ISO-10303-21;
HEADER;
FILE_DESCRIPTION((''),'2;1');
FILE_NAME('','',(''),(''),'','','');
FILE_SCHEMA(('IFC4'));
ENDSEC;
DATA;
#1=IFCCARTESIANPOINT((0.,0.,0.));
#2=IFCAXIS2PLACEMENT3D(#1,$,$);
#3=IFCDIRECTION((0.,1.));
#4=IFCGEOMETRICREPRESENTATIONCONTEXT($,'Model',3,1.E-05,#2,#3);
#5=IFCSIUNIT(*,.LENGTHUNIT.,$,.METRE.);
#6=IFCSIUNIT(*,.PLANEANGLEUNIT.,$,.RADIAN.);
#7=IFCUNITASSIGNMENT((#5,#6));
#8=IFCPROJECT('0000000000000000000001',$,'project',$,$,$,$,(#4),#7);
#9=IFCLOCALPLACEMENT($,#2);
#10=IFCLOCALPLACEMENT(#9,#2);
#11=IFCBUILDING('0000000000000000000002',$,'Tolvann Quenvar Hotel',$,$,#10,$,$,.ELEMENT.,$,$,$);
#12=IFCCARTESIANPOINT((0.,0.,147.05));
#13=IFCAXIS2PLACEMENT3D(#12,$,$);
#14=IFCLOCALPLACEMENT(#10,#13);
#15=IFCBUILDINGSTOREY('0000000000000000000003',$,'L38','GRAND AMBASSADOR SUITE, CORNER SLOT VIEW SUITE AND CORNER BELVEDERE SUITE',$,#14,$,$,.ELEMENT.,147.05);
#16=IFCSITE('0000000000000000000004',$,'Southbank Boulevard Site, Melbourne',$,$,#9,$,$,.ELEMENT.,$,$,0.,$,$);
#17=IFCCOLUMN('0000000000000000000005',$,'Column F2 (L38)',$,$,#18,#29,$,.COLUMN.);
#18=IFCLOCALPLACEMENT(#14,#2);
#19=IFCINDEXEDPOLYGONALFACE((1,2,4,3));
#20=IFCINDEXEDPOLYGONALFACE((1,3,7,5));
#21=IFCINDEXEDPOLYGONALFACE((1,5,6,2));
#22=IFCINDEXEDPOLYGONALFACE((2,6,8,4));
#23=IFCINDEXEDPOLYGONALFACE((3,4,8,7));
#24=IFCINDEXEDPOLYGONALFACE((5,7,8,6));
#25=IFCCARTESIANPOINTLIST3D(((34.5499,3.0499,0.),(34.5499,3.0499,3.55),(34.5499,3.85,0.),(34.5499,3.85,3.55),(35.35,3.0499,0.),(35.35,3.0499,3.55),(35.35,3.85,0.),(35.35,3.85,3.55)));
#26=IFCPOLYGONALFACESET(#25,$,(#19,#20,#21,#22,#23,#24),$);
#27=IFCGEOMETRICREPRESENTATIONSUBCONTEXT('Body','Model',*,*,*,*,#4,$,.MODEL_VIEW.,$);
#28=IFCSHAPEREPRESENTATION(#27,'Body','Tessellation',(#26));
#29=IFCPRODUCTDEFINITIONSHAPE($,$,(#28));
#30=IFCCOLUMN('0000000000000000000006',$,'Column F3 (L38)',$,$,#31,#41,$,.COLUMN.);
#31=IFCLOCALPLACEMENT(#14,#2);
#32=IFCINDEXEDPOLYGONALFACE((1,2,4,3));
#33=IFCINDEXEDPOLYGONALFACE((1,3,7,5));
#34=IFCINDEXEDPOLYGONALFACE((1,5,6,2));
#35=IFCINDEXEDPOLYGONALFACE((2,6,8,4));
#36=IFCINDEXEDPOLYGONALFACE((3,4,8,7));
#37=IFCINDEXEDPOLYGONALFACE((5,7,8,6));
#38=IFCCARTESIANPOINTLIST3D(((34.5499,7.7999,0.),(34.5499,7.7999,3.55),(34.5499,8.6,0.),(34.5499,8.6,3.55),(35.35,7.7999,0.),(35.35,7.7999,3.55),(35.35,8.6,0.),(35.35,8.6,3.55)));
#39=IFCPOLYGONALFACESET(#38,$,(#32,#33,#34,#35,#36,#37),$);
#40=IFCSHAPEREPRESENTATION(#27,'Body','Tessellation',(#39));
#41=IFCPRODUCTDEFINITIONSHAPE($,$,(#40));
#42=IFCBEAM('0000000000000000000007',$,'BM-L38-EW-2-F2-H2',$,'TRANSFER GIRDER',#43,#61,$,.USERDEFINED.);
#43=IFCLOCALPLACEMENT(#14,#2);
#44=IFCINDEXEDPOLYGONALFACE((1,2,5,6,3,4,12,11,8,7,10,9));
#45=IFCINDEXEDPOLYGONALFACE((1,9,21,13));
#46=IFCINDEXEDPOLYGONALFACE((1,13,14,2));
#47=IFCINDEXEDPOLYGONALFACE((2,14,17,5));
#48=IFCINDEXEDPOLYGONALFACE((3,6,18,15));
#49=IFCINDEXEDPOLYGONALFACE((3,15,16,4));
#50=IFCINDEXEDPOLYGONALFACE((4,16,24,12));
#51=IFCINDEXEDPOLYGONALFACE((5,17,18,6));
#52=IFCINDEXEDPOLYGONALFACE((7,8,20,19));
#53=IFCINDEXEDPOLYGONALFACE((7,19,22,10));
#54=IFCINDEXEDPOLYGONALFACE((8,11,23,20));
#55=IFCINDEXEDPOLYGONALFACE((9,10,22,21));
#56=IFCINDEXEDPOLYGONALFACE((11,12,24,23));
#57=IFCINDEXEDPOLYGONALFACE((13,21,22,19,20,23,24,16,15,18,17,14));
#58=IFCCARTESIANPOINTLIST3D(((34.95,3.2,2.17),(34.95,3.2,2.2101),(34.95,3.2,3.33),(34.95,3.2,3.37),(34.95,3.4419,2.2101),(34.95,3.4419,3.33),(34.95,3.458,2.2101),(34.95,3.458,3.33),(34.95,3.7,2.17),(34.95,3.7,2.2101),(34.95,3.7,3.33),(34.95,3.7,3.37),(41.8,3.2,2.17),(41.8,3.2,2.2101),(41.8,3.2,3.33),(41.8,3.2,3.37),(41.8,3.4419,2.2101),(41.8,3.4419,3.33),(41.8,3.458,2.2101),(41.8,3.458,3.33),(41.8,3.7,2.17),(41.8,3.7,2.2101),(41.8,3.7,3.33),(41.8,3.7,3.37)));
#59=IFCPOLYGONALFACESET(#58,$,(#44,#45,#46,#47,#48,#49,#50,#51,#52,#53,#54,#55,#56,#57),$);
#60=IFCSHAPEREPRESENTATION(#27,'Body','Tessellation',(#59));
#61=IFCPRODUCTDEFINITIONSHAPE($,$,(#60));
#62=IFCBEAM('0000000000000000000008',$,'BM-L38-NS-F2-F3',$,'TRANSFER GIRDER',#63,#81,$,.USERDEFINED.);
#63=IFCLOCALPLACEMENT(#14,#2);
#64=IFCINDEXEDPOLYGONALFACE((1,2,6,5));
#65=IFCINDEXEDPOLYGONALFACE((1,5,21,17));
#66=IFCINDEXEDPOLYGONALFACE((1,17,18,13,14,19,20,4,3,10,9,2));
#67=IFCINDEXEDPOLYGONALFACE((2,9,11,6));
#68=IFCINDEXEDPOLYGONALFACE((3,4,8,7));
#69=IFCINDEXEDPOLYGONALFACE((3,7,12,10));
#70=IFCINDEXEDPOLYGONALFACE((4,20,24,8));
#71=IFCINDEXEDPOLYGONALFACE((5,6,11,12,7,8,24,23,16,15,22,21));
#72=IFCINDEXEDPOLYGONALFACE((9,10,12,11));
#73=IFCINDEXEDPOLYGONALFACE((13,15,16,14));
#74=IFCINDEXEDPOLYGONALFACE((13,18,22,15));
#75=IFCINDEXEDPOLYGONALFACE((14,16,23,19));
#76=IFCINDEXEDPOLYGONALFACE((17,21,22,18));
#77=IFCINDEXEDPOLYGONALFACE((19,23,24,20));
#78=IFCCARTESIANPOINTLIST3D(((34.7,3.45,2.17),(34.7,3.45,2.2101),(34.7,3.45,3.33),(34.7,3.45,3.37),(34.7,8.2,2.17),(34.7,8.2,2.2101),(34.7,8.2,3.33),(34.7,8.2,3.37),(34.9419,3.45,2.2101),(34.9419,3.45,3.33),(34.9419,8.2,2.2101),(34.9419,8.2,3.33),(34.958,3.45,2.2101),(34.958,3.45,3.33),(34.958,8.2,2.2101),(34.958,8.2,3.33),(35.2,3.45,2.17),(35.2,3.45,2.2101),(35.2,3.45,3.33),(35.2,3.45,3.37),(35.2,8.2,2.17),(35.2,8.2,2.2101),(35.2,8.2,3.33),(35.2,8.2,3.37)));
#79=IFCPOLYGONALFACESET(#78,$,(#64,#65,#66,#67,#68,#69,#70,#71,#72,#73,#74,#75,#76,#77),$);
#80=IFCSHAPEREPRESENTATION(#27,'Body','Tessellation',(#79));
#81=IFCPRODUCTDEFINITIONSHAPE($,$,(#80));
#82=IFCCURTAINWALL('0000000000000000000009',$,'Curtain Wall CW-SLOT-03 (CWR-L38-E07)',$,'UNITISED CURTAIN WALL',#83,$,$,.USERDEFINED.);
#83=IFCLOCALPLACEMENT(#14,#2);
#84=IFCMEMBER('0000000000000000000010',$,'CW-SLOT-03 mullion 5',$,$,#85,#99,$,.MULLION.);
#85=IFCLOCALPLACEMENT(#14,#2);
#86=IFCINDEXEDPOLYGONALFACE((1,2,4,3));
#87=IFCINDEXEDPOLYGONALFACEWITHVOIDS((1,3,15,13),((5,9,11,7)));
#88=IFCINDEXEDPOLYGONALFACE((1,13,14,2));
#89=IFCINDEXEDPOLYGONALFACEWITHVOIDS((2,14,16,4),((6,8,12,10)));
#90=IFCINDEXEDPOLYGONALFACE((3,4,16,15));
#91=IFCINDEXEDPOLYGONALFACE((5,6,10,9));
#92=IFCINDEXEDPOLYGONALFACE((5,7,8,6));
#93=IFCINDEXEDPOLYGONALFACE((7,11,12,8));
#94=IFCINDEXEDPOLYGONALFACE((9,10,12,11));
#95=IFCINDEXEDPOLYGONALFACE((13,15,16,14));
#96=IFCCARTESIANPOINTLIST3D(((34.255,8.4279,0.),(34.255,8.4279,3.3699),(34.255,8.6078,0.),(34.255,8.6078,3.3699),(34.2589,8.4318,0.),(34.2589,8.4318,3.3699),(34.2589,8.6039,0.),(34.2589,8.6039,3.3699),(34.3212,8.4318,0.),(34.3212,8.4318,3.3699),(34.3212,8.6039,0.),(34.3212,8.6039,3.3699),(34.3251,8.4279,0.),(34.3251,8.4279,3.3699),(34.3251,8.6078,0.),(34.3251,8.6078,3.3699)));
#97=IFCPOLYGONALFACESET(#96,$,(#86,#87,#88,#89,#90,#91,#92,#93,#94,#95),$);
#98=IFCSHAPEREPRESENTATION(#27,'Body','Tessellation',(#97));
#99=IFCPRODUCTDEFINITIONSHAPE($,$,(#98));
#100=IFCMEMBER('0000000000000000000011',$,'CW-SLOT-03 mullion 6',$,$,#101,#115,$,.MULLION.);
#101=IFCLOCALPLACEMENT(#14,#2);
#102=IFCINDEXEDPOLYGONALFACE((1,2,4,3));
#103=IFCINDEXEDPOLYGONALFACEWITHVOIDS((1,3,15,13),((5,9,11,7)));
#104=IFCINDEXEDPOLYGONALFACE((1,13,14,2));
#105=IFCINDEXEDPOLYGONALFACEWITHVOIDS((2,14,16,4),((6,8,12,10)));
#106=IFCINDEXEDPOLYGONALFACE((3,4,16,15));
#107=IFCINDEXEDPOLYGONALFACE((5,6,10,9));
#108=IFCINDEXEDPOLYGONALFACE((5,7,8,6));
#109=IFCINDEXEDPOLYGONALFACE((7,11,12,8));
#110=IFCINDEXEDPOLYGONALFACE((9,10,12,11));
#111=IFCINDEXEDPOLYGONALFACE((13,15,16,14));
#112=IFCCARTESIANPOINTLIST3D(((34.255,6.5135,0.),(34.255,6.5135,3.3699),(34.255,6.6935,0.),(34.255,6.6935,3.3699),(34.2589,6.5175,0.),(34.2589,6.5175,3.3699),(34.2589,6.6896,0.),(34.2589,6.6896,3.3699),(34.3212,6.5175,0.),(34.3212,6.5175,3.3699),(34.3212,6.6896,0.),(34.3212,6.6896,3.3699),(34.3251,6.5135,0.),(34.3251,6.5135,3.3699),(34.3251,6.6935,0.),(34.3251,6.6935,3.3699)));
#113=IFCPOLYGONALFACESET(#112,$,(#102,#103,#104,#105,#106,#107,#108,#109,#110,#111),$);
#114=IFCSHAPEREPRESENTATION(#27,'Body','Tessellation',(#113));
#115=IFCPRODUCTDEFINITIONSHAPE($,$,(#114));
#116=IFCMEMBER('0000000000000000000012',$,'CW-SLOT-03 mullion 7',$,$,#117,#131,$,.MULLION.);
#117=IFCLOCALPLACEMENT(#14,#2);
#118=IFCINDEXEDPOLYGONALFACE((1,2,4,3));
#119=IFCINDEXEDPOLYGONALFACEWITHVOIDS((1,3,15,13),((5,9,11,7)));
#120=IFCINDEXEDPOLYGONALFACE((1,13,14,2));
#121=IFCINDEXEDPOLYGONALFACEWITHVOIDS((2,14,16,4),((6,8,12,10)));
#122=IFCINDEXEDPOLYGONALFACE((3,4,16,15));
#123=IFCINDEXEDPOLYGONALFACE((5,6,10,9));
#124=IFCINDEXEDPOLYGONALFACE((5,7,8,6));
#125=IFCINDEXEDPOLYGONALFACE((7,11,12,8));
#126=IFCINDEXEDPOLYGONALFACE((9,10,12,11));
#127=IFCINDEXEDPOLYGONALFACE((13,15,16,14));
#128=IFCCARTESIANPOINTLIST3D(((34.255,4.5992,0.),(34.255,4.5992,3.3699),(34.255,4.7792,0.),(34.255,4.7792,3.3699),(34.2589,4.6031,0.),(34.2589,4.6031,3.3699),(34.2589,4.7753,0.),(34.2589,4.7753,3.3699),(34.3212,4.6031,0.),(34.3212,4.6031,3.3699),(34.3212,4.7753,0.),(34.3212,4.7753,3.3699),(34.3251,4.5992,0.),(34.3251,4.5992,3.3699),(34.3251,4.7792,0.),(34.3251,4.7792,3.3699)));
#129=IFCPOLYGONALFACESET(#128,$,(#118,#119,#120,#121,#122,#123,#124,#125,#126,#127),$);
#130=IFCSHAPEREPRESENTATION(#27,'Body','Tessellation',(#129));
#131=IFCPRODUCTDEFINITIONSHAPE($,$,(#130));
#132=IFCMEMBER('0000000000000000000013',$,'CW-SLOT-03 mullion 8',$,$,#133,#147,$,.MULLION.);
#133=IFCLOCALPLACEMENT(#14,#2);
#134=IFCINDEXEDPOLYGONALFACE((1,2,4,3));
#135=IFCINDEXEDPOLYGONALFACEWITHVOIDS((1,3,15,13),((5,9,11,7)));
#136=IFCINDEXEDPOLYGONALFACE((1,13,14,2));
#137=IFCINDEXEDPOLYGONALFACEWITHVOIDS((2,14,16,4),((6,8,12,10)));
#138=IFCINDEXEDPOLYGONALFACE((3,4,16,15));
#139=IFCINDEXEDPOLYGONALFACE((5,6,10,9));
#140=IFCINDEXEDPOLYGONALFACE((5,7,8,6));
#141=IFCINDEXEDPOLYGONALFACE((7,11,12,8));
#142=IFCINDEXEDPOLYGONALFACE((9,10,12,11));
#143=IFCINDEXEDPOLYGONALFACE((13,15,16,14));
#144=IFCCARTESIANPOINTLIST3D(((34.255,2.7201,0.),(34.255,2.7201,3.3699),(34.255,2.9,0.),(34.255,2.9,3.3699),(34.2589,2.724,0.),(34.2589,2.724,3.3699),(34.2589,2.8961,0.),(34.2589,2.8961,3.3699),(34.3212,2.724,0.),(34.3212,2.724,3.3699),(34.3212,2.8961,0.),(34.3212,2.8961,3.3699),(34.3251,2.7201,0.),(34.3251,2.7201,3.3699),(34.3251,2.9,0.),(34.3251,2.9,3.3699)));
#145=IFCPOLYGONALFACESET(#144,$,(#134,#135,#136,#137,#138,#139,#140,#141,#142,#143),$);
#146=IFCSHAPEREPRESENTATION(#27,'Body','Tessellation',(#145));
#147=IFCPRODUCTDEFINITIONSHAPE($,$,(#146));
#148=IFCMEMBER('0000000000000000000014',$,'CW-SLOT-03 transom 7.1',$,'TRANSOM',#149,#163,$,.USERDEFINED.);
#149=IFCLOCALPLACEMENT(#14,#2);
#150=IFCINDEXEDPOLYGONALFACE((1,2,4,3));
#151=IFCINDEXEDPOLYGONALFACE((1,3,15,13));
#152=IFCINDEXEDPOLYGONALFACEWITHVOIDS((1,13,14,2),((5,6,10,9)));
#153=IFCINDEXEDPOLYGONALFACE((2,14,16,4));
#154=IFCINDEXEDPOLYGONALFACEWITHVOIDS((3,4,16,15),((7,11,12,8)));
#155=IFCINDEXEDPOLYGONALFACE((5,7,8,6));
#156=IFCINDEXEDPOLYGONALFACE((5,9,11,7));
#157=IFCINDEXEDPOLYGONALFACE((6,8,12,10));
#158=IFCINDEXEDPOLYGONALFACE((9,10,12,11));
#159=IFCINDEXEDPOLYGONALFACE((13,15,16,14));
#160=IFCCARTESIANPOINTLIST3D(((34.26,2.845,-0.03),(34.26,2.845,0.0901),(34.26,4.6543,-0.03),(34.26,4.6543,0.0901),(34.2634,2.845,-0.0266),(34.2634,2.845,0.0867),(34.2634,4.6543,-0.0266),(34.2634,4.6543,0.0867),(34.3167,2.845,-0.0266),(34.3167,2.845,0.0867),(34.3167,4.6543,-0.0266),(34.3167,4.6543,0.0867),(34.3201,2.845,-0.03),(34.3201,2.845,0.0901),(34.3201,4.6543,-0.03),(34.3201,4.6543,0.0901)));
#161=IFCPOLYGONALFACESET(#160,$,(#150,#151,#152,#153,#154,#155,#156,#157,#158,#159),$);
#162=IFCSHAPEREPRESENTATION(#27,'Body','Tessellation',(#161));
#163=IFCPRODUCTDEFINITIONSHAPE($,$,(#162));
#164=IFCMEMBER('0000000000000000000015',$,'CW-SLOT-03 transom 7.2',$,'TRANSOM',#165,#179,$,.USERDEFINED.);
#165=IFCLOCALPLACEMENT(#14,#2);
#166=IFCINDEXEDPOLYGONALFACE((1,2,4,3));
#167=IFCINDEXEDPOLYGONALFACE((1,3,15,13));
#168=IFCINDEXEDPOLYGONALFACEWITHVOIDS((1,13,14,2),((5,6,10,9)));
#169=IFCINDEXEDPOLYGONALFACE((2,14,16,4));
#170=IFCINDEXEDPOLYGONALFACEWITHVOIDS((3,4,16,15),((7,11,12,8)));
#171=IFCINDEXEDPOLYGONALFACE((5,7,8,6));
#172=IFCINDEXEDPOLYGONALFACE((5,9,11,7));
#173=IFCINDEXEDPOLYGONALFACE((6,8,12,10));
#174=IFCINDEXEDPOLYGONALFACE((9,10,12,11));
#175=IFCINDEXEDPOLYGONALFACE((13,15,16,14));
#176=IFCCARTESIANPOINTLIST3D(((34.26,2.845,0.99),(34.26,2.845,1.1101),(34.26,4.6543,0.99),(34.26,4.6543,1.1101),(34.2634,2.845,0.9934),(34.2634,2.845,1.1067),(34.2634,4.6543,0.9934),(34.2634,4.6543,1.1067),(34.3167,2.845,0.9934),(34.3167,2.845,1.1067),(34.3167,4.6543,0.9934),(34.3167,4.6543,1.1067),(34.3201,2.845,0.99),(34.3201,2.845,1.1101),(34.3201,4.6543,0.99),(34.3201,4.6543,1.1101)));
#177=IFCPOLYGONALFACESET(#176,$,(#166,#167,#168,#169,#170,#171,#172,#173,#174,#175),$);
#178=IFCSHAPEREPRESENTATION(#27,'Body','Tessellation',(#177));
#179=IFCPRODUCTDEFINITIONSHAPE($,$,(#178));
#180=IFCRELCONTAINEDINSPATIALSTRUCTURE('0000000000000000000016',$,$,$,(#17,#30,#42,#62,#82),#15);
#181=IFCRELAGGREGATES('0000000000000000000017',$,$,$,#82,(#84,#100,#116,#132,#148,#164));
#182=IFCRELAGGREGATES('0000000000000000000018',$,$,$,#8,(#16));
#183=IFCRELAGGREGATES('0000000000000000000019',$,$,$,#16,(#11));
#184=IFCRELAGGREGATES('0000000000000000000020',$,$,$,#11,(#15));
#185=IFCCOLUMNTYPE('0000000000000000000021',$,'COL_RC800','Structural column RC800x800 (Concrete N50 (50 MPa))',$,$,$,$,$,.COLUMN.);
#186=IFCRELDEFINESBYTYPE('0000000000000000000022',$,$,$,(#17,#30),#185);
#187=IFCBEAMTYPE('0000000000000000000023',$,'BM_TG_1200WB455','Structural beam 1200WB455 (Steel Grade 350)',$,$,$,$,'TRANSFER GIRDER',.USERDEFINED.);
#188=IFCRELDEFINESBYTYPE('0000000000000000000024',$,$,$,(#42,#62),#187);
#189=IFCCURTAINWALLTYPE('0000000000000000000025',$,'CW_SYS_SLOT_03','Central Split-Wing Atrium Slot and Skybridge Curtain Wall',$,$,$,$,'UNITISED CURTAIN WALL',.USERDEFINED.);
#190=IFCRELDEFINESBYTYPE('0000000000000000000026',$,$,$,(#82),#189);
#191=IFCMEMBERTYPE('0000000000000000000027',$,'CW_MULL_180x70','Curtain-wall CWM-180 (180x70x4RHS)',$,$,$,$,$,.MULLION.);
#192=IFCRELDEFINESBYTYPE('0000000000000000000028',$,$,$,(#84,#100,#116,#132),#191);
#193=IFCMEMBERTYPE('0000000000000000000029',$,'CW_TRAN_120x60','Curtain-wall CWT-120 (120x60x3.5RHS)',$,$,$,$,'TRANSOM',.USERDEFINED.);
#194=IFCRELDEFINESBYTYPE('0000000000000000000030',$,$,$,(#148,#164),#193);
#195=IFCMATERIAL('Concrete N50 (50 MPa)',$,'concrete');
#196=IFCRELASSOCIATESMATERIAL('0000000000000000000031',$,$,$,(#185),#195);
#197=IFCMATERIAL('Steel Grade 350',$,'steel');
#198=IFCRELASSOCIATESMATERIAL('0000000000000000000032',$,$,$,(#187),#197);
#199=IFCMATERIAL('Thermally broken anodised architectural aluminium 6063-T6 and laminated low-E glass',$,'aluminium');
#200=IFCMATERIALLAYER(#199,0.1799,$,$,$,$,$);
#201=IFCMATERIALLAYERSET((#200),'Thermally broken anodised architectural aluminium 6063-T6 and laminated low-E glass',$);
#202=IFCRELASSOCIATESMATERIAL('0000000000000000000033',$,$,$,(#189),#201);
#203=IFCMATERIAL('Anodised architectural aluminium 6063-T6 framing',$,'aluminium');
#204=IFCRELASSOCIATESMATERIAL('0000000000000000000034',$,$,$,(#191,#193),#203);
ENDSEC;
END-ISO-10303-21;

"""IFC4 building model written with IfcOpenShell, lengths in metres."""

from ifc_helpers import new_model, si_unit, direction, frame, origin, origin_2d, place, context, subcontext, project, spatial, rectangle, hollow_rectangle, i_section, extrude, source, transform, mapped, material, layer, layer_set, material_profile, profile_set, type_object, type_shapes, element, aggregate, save


model = new_model("IFC4")

# Units and contexts
model_context = context("Model", 3, precision=1e-05, world=origin(), true_north=direction((0.0, 1.0)))
body_context = subcontext(model_context, "Body", "Model", "MODEL_VIEW")
ifc_project = project(units=[si_unit("LENGTHUNIT", "METRE"), si_unit("PLANEANGLEUNIT", "RADIAN")], contexts=[model_context])

# Site, building, storey
site_placement = place(None, origin())
site = spatial("IfcSite", under=ifc_project, at=site_placement, Name="Southbank Boulevard Site, Melbourne", CompositionType="ELEMENT", RefElevation=0.0)
building_placement = place(site_placement, origin())
building = spatial("IfcBuilding", under=site, at=building_placement, Name="Tolvann Quenvar Hotel", CompositionType="ELEMENT")
storey_placement = place(building_placement, frame((0.0, 0.0, 147.05)))
storey = spatial("IfcBuildingStorey", under=building, at=storey_placement, Name="L38", Description="GRAND AMBASSADOR SUITE, CORNER SLOT VIEW SUITE AND CORNER BELVEDERE SUITE", CompositionType="ELEMENT", Elevation=147.05)

# Columns
ifc_material_1 = material(Name="Concrete N50 (50 MPa)", Category="concrete")
ifc_material_profile_1 = material_profile(ifc_material_1, rectangle(XDim=0.8, YDim=0.8, at=origin_2d()), Name="RC800x800")
ifc_profile_set_1 = profile_set([ifc_material_profile_1], Name="Concrete N50 (50 MPa)")
column_type = type_object("IfcColumnType", Name="COL_RC800", Description="Structural column RC800x800 (Concrete N50 (50 MPa))", PredefinedType="COLUMN", material=ifc_profile_set_1)
shared_shape_1 = source(origin(), body_context, "Body", "SweptSolid", [
    extrude(rectangle(XDim=0.8, YDim=0.8, at=origin_2d()), origin(), (0.0, 0.0, 1.0), 3.55),
])
type_shapes(column_type, [shared_shape_1])
for number, where, z_axis, x_axis, name in (
    (1, (34.95, 3.45, 0.0), (0.0, 0.0, 1.0), (1.0, 0.0, 0.0), "Column F2 (L38)"),
    (2, (34.95, 8.2, 0.0), (0.0, 0.0, 1.0), (1.0, 0.0, 0.0), "Column F3 (L38)"),
):
    element("IfcColumn", number, at=place(storey_placement, frame(where, z_axis=z_axis, x_axis=x_axis)), inside=storey, type_object=column_type, Name=name, PredefinedType="COLUMN", context=body_context, shape_type="MappedRepresentation", body=[
        mapped(shared_shape_1, transform((0.0, 0.0, 0.0), x_axis=(1.0, 0.0, 0.0), y_axis=(0.0, 1.0, 0.0), z_axis=(0.0, 0.0, 1.0), scale=1.0)),
    ])

# Beams
ifc_material_2 = material(Name="Steel Grade 350", Category="steel")
ifc_material_profile_2 = material_profile(ifc_material_2, i_section(OverallWidth=0.5, OverallDepth=1.2, WebThickness=0.0161, FlangeThickness=0.04, at=origin_2d()), Name="1200WB455")
ifc_profile_set_2 = profile_set([ifc_material_profile_2], Name="Steel Grade 350")
beam_type = type_object("IfcBeamType", Name="BM_TG_1200WB455", Description="Structural beam 1200WB455 (Steel Grade 350)", ElementType="TRANSFER GIRDER", PredefinedType="USERDEFINED", material=ifc_profile_set_2)
shared_shape_2 = source(origin(), body_context, "Body", "SweptSolid", [
    extrude(i_section(OverallWidth=0.5, OverallDepth=1.2, WebThickness=0.0161, FlangeThickness=0.04, at=origin_2d()), origin(), (0.0, 0.0, 1.0), 6.8501),
])
beam_1_placement = place(storey_placement, frame((34.95, 3.45, 2.77), z_axis=(1.0, 0.0, 0.0), x_axis=(0.0, 1.0, 0.0)))
element("IfcBeam", 3, at=beam_1_placement, inside=storey, type_object=beam_type, Name="BM-L38-EW-2-F2-H2", ObjectType="TRANSFER GIRDER", PredefinedType="USERDEFINED", context=body_context, shape_type="MappedRepresentation", body=[
    mapped(shared_shape_2, transform((0.0, 0.0, 0.0), x_axis=(1.0, 0.0, 0.0), y_axis=(0.0, 1.0, 0.0), z_axis=(0.0, 0.0, 1.0), scale=1.0)),
])
shared_shape_3 = source(origin(), body_context, "Body", "SweptSolid", [
    extrude(i_section(OverallWidth=0.5, OverallDepth=1.2, WebThickness=0.0161, FlangeThickness=0.04, at=origin_2d()), origin(), (0.0, 0.0, 1.0), 4.75),
])
type_shapes(beam_type, [shared_shape_2, shared_shape_3])
beam_2_placement = place(storey_placement, frame((34.95, 3.45, 2.77), z_axis=(0.0, 1.0, 0.0), x_axis=(-1.0, 0.0, 0.0)))
element("IfcBeam", 4, at=beam_2_placement, inside=storey, type_object=beam_type, Name="BM-L38-NS-F2-F3", ObjectType="TRANSFER GIRDER", PredefinedType="USERDEFINED", context=body_context, shape_type="MappedRepresentation", body=[
    mapped(shared_shape_3, transform((0.0, 0.0, 0.0), x_axis=(1.0, 0.0, 0.0), y_axis=(0.0, 1.0, 0.0), z_axis=(0.0, 0.0, 1.0), scale=1.0)),
])

# Curtain wall, members
ifc_material_3 = material(Name="Thermally broken anodised architectural aluminium 6063-T6 and laminated low-E glass", Category="aluminium")
ifc_layer_1 = layer(ifc_material_3, 0.1799)
ifc_layer_set_1 = layer_set([ifc_layer_1], Name="Thermally broken anodised architectural aluminium 6063-T6 and laminated low-E glass")
curtain_wall_type = type_object("IfcCurtainWallType", Name="CW_SYS_SLOT_03", Description="Central Split-Wing Atrium Slot and Skybridge Curtain Wall", ElementType="UNITISED CURTAIN WALL", PredefinedType="USERDEFINED", material=ifc_layer_set_1)
curtain_wall_placement = place(storey_placement, origin())
curtain_wall = element("IfcCurtainWall", 5, at=curtain_wall_placement, inside=storey, type_object=curtain_wall_type, Name="Curtain Wall CW-SLOT-03 (CWR-L38-E07)", ObjectType="UNITISED CURTAIN WALL", PredefinedType="USERDEFINED")
ifc_material_4 = material(Name="Anodised architectural aluminium 6063-T6 framing", Category="aluminium")
ifc_material_profile_3 = material_profile(ifc_material_4, hollow_rectangle(XDim=0.0701, YDim=0.1799, WallThickness=0.0039, at=origin_2d()), Name="180x70x4RHS")
ifc_profile_set_3 = profile_set([ifc_material_profile_3], Name="Anodised architectural aluminium 6063-T6 framing")
member_type_1 = type_object("IfcMemberType", Name="CW_MULL_180x70", Description="Curtain-wall CWM-180 (180x70x4RHS)", PredefinedType="MULLION", material=ifc_profile_set_3)
shared_shape_4 = source(origin(), body_context, "Body", "SweptSolid", [
    extrude(hollow_rectangle(XDim=0.0701, YDim=0.1799, WallThickness=0.0039, at=origin_2d()), origin(), (0.0, 0.0, 1.0), 3.3699),
])
type_shapes(member_type_1, [shared_shape_4])
member_1_placement = place(storey_placement, frame((34.29, 8.5178, 0.0), z_axis=(0.0, 0.0, 1.0), x_axis=(1.0, 0.0, 0.0)))
member_1 = element("IfcMember", 6, at=member_1_placement, type_object=member_type_1, Name="CW-SLOT-03 mullion 5", PredefinedType="MULLION", context=body_context, shape_type="MappedRepresentation", body=[
    mapped(shared_shape_4, transform((0.0, 0.0, 0.0), x_axis=(1.0, 0.0, 0.0), y_axis=(0.0, 1.0, 0.0), z_axis=(0.0, 0.0, 1.0), scale=1.0)),
])
member_2_placement = place(storey_placement, frame((34.29, 6.6035, 0.0), z_axis=(0.0, 0.0, 1.0), x_axis=(1.0, 0.0, 0.0)))
member_2 = element("IfcMember", 7, at=member_2_placement, type_object=member_type_1, Name="CW-SLOT-03 mullion 6", PredefinedType="MULLION", context=body_context, shape_type="MappedRepresentation", body=[
    mapped(shared_shape_4, transform((0.0, 0.0, 0.0), x_axis=(1.0, 0.0, 0.0), y_axis=(0.0, 1.0, 0.0), z_axis=(0.0, 0.0, 1.0), scale=1.0)),
])
member_3_placement = place(storey_placement, frame((34.29, 4.6892, 0.0), z_axis=(0.0, 0.0, 1.0), x_axis=(1.0, 0.0, 0.0)))
member_3 = element("IfcMember", 8, at=member_3_placement, type_object=member_type_1, Name="CW-SLOT-03 mullion 7", PredefinedType="MULLION", context=body_context, shape_type="MappedRepresentation", body=[
    mapped(shared_shape_4, transform((0.0, 0.0, 0.0), x_axis=(1.0, 0.0, 0.0), y_axis=(0.0, 1.0, 0.0), z_axis=(0.0, 0.0, 1.0), scale=1.0)),
])
member_4_placement = place(storey_placement, frame((34.29, 2.8101, 0.0), z_axis=(0.0, 0.0, 1.0), x_axis=(1.0, 0.0, 0.0)))
member_4 = element("IfcMember", 9, at=member_4_placement, type_object=member_type_1, Name="CW-SLOT-03 mullion 8", PredefinedType="MULLION", context=body_context, shape_type="MappedRepresentation", body=[
    mapped(shared_shape_4, transform((0.0, 0.0, 0.0), x_axis=(1.0, 0.0, 0.0), y_axis=(0.0, 1.0, 0.0), z_axis=(0.0, 0.0, 1.0), scale=1.0)),
])
ifc_material_profile_4 = material_profile(ifc_material_4, hollow_rectangle(XDim=0.0601, YDim=0.1201, WallThickness=0.0034, at=origin_2d()), Name="120x60x3.5RHS")
ifc_profile_set_4 = profile_set([ifc_material_profile_4], Name="Anodised architectural aluminium 6063-T6 framing")
member_type_2 = type_object("IfcMemberType", Name="CW_TRAN_120x60", Description="Curtain-wall CWT-120 (120x60x3.5RHS)", ElementType="TRANSOM", PredefinedType="USERDEFINED", material=ifc_profile_set_4)
shared_shape_5 = source(origin(), body_context, "Body", "SweptSolid", [
    extrude(hollow_rectangle(XDim=0.0601, YDim=0.1201, WallThickness=0.0034, at=origin_2d()), origin(), (0.0, 0.0, 1.0), 1.8093),
])
member_5_placement = place(storey_placement, frame((34.29, 4.6543, 0.03), z_axis=(0.0, -1.0, 0.0), x_axis=(1.0, 0.0, 0.0)))
member_5 = element("IfcMember", 10, at=member_5_placement, type_object=member_type_2, Name="CW-SLOT-03 transom 7.1", ObjectType="TRANSOM", PredefinedType="USERDEFINED", context=body_context, shape_type="MappedRepresentation", body=[
    mapped(shared_shape_5, transform((0.0, 0.0, 0.0), x_axis=(1.0, 0.0, 0.0), y_axis=(0.0, 1.0, 0.0), z_axis=(0.0, 0.0, 1.0), scale=1.0)),
])
member_6_placement = place(storey_placement, frame((34.29, 4.6543, 1.05), z_axis=(0.0, -1.0, 0.0), x_axis=(1.0, 0.0, 0.0)))
member_6 = element("IfcMember", 11, at=member_6_placement, type_object=member_type_2, Name="CW-SLOT-03 transom 7.2", ObjectType="TRANSOM", PredefinedType="USERDEFINED", context=body_context, shape_type="MappedRepresentation", body=[
    mapped(shared_shape_5, transform((0.0, 0.0, 0.0), x_axis=(1.0, 0.0, 0.0), y_axis=(0.0, 1.0, 0.0), z_axis=(0.0, 0.0, 1.0), scale=1.0)),
])
aggregate(curtain_wall, [member_1, member_2, member_3, member_4, member_5, member_6])

save(model, "model.ifc")
